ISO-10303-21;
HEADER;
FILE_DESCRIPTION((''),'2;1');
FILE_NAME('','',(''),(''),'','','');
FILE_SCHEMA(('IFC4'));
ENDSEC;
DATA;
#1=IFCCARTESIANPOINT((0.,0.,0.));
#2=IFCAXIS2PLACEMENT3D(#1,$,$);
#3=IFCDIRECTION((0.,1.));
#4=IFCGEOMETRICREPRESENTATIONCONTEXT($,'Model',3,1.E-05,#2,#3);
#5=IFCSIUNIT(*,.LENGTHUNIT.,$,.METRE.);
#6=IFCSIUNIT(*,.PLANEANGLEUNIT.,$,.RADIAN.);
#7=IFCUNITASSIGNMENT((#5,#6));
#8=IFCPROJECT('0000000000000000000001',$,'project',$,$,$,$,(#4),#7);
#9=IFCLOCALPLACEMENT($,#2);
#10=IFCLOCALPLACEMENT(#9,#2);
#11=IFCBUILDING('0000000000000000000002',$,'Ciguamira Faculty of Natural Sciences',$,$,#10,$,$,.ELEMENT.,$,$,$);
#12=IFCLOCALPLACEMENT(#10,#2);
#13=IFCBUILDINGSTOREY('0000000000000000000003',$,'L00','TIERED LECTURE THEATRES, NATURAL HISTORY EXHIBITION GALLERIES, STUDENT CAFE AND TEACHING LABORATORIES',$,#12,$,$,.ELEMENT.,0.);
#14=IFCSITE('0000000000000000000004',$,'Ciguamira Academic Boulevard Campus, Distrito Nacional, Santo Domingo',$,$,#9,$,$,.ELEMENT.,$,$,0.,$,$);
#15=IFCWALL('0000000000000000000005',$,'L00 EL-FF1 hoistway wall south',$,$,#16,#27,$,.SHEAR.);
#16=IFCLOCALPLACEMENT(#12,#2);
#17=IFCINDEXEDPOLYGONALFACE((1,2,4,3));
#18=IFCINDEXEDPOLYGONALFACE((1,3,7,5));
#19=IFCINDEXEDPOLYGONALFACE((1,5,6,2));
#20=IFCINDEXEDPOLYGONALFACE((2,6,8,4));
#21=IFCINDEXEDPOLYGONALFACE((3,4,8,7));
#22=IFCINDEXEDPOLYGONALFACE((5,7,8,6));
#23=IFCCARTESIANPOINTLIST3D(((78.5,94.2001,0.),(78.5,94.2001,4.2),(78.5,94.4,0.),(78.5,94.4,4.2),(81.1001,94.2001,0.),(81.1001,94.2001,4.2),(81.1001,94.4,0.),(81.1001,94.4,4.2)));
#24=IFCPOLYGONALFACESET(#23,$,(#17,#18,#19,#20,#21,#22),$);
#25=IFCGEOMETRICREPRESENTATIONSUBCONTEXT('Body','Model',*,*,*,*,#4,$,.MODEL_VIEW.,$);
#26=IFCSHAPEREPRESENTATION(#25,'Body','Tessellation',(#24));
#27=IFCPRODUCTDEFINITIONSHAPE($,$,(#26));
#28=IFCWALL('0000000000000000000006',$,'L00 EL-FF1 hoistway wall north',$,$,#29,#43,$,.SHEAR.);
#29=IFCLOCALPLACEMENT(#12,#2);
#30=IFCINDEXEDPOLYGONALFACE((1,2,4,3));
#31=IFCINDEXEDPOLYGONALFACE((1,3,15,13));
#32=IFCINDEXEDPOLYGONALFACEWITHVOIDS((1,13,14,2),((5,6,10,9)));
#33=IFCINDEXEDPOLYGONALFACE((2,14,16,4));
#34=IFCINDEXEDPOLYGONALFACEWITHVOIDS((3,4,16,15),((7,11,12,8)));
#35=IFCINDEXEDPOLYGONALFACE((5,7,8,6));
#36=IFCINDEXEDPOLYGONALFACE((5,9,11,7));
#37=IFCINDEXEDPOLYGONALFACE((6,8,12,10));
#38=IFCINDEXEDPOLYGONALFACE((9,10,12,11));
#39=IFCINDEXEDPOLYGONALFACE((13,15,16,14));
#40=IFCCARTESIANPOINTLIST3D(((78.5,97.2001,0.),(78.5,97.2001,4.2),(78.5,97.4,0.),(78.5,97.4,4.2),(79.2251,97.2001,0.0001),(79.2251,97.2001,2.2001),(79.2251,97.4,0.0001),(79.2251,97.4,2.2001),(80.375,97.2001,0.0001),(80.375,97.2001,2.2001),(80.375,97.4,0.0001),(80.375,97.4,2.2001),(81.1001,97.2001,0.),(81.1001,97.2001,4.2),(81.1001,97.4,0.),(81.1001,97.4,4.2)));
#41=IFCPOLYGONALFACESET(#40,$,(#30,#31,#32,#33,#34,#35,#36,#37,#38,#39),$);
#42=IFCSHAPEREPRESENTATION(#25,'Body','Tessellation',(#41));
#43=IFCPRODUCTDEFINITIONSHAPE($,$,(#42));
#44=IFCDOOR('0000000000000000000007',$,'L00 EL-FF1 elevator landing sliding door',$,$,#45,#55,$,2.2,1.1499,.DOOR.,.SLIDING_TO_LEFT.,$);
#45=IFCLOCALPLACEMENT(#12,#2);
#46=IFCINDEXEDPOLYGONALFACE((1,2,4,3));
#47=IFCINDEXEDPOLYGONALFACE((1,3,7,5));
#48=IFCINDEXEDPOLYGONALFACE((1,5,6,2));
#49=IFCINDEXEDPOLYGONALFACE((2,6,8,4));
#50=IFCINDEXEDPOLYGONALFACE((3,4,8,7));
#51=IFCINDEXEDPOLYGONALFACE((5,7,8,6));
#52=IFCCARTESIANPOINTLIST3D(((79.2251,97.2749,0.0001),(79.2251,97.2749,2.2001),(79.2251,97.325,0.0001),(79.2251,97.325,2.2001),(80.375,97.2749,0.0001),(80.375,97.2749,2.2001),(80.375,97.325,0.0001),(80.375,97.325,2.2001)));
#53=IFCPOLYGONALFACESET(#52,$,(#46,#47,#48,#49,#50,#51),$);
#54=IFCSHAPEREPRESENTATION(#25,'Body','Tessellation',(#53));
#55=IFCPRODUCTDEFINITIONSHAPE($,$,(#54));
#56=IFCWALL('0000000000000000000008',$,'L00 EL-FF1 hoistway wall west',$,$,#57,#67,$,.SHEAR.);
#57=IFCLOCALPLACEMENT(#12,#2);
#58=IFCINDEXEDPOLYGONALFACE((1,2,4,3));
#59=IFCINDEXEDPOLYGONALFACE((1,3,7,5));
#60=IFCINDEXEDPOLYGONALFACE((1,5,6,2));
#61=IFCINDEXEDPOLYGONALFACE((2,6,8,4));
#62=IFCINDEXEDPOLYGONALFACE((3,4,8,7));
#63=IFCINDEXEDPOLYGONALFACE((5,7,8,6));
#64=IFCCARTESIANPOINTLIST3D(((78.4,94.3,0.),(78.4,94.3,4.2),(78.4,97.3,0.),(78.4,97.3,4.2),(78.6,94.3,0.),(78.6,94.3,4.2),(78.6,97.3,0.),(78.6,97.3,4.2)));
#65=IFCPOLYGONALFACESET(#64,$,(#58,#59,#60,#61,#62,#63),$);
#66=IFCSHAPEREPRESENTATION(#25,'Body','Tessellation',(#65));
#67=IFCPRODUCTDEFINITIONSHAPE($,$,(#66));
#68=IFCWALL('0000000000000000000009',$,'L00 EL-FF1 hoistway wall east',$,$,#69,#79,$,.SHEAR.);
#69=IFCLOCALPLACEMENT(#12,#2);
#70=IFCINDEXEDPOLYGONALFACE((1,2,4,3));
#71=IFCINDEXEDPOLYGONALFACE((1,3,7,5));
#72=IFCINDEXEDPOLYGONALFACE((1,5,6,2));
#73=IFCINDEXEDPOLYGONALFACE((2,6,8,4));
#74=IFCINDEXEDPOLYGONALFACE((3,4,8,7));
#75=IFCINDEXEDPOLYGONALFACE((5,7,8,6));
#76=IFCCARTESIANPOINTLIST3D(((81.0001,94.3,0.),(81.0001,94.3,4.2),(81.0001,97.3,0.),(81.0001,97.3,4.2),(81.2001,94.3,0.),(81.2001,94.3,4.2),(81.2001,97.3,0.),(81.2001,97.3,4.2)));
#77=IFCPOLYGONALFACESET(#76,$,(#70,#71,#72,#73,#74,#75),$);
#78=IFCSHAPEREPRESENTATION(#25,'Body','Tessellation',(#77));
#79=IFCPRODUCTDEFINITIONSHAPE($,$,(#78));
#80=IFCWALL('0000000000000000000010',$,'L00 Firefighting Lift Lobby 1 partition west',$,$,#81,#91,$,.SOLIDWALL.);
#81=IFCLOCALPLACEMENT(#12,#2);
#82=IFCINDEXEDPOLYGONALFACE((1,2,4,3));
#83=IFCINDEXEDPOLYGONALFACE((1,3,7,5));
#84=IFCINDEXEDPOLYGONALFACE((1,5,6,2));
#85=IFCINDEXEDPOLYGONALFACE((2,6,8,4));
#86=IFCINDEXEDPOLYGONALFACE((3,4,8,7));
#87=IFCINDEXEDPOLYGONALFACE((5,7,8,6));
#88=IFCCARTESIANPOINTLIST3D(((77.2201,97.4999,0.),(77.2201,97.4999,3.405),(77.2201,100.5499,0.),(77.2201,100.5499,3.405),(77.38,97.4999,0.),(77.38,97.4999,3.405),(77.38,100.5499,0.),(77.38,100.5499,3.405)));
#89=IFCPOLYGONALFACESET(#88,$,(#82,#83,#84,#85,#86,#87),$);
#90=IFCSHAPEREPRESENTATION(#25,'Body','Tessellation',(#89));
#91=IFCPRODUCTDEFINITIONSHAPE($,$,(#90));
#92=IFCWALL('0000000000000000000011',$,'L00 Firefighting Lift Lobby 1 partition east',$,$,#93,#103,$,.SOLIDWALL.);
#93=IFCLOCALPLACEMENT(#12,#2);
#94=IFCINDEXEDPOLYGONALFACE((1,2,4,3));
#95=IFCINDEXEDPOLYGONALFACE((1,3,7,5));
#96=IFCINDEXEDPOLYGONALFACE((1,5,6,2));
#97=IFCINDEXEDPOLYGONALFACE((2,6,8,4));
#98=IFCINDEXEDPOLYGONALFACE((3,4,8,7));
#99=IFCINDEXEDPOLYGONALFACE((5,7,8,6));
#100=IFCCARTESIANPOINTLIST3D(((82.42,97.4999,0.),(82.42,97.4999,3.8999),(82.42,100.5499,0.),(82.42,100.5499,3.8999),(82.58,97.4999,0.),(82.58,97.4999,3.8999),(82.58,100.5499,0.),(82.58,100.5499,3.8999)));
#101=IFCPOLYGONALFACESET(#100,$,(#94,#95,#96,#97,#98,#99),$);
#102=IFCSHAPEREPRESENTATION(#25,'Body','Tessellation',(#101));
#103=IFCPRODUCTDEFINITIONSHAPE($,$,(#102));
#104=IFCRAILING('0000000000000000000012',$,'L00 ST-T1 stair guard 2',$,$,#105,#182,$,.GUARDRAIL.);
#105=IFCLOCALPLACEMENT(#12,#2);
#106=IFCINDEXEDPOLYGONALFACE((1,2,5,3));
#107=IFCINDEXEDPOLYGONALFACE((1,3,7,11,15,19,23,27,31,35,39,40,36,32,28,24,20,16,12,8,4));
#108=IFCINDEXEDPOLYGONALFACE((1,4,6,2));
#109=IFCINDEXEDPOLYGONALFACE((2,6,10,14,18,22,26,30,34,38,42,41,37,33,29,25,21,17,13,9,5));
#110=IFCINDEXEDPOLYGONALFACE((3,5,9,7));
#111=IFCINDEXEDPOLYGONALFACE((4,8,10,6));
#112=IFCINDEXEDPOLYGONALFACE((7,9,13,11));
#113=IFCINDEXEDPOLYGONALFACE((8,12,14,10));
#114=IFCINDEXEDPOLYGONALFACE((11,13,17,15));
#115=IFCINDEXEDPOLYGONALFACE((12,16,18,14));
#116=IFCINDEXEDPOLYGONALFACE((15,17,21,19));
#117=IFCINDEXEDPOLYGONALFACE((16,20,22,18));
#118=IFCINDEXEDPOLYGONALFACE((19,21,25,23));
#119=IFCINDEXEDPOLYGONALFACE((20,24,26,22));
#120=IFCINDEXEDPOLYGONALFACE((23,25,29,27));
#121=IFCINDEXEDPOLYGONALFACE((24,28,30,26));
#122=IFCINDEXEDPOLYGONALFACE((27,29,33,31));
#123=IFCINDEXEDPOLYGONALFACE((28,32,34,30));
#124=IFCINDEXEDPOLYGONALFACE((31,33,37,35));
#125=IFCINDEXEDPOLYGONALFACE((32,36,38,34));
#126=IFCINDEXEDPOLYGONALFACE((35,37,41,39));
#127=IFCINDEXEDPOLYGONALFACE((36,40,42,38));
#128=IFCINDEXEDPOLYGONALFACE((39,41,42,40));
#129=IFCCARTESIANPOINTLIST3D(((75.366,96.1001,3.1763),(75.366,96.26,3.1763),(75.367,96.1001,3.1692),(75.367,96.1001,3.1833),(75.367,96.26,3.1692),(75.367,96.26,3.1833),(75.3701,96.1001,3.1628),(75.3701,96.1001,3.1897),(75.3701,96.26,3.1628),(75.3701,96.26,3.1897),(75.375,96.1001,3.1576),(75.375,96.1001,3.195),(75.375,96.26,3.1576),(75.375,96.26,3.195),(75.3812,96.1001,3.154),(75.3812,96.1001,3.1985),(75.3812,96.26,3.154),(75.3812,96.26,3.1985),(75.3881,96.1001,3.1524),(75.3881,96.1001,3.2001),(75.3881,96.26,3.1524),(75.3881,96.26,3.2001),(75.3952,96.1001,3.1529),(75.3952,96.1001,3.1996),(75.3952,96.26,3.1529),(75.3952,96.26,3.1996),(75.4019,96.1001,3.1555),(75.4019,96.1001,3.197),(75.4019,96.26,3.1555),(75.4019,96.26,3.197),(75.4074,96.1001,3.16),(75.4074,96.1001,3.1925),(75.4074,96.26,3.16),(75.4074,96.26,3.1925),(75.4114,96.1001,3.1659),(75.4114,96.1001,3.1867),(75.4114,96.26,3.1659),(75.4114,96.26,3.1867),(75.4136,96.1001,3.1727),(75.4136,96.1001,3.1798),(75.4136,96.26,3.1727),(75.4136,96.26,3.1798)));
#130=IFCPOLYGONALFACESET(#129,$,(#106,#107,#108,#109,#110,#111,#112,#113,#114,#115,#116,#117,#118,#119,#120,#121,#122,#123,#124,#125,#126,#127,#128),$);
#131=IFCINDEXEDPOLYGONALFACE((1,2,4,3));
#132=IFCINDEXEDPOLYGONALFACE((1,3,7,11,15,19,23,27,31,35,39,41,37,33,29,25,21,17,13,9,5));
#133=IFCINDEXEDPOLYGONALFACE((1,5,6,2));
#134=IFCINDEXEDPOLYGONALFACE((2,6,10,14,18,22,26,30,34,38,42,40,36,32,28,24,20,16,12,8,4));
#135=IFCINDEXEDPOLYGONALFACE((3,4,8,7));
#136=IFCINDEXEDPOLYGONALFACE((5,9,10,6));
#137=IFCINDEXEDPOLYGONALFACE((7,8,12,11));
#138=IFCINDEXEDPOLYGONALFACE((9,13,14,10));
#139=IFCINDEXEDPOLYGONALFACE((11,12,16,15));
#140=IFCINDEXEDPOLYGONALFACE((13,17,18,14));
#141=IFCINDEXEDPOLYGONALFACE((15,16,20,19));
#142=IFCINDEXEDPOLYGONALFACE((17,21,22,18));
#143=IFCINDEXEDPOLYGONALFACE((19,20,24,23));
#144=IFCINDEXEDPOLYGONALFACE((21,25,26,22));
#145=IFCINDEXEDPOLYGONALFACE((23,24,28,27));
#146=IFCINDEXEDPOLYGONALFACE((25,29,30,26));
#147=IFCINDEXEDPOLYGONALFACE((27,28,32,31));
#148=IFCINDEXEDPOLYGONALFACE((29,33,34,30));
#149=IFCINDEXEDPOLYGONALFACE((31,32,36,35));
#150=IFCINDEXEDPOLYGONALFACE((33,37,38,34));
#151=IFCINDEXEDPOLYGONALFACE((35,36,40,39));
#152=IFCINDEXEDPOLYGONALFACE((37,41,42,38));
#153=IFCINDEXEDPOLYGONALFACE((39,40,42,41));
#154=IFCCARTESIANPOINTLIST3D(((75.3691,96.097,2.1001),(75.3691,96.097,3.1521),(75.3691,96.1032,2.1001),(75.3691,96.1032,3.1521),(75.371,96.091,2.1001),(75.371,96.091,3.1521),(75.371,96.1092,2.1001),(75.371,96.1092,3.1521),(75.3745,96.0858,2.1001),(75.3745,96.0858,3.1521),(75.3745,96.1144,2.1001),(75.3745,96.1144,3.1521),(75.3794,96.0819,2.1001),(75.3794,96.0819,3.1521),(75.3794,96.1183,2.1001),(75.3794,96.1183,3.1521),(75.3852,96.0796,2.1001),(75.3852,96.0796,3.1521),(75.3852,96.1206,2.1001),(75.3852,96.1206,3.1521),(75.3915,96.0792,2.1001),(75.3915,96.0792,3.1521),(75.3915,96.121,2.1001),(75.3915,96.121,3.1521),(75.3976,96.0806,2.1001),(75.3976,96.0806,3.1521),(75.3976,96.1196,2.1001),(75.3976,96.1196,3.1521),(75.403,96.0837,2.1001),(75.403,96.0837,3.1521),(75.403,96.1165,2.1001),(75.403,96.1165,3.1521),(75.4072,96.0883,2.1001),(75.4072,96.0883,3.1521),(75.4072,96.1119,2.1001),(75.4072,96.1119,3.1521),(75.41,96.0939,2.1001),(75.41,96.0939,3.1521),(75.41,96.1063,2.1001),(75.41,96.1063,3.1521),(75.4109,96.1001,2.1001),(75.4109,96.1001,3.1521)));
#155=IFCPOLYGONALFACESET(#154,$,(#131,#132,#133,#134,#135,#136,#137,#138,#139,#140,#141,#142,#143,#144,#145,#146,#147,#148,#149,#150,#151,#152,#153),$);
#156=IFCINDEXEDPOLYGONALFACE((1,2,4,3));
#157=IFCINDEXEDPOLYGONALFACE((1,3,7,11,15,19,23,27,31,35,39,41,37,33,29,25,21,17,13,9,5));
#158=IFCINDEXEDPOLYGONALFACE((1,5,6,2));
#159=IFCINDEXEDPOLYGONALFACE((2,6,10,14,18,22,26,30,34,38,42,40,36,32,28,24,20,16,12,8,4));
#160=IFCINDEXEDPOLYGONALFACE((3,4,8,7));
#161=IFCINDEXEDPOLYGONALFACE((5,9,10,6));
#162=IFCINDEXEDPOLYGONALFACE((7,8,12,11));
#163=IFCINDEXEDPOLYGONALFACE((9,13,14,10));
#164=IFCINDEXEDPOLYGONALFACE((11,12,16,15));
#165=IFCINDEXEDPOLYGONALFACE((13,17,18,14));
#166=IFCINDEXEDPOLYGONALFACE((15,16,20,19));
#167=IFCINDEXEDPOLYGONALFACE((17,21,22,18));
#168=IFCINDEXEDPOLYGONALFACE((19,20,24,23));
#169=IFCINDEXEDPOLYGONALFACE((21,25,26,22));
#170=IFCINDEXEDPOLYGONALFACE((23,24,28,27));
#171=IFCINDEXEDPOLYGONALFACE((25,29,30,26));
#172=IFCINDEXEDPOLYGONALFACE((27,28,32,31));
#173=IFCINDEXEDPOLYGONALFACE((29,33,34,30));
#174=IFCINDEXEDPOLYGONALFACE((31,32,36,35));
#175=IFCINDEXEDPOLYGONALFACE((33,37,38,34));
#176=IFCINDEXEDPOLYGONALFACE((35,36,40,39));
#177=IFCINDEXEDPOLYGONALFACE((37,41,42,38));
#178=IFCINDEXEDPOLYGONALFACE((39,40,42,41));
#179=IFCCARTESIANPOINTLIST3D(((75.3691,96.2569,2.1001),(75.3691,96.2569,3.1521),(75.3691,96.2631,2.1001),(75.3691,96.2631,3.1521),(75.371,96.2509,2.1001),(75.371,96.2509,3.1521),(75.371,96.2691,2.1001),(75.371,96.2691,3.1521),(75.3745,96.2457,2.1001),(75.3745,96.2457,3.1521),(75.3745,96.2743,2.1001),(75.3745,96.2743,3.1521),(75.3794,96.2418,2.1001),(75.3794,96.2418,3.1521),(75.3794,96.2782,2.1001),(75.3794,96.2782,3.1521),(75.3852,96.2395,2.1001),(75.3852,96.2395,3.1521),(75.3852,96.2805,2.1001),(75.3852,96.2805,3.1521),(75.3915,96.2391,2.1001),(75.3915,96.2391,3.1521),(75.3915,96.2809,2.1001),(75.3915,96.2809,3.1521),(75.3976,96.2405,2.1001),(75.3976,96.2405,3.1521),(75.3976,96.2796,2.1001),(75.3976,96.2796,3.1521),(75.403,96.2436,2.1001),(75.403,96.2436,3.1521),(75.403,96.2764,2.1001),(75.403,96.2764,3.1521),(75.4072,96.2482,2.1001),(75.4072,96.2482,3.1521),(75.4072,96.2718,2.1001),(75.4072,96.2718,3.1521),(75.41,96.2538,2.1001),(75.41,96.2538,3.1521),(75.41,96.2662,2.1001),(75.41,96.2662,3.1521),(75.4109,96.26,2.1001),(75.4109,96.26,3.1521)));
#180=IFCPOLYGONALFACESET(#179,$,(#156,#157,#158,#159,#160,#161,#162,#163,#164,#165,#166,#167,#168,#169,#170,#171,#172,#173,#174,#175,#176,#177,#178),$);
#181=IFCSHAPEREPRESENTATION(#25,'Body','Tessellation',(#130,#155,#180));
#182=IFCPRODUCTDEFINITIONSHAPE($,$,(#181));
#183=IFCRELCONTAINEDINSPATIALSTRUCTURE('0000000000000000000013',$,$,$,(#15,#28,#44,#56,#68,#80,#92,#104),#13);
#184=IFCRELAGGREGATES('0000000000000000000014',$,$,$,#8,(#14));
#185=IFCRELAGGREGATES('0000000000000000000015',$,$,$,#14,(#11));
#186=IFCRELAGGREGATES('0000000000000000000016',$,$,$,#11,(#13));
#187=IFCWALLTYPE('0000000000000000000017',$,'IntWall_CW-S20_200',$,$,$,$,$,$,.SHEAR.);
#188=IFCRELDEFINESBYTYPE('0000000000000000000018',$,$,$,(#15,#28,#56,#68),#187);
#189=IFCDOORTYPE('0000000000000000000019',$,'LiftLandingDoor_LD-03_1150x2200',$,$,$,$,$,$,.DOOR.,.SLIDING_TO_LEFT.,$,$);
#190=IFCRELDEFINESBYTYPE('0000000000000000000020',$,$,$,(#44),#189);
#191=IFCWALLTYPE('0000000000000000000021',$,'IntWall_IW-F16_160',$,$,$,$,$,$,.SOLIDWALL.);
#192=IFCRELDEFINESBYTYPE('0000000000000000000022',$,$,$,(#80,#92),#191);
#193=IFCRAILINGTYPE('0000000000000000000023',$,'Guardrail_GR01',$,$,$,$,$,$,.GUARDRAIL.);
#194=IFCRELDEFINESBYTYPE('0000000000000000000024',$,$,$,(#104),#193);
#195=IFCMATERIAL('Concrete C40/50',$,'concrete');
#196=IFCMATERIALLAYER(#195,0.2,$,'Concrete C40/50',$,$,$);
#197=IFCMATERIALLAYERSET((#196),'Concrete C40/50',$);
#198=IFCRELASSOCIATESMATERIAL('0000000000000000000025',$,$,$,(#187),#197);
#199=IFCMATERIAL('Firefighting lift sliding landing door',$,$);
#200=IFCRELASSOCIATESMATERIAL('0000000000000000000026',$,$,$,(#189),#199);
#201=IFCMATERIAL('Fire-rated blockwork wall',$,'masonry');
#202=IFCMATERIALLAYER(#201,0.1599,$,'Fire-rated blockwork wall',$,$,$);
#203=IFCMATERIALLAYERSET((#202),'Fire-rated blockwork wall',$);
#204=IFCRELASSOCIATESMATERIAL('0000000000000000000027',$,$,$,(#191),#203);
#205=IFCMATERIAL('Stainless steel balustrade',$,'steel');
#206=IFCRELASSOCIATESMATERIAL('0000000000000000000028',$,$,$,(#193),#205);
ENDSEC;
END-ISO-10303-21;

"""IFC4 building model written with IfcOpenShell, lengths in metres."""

from ifc_helpers import new_model, si_unit, direction, frame, frame_2d, origin, origin_2d, place, context, subcontext, project, spatial, rectangle, circle, extrude, material, layer, layer_set, type_object, element, fill, save


model = new_model("IFC4")

# Units and contexts
model_context = context("Model", 3, precision=1e-05, world=origin(), true_north=direction((0.0, 1.0)))
body_context = subcontext(model_context, "Body", "Model", "MODEL_VIEW")
ifc_project = project(units=[si_unit("LENGTHUNIT", "METRE"), si_unit("PLANEANGLEUNIT", "RADIAN")], contexts=[model_context])

# Site, building, storey
site_placement = place(None, origin())
site = spatial("IfcSite", under=ifc_project, at=site_placement, Name="Ciguamira Academic Boulevard Campus, Distrito Nacional, Santo Domingo", CompositionType="ELEMENT", RefElevation=0.0)
building_placement = place(site_placement, origin())
building = spatial("IfcBuilding", under=site, at=building_placement, Name="Ciguamira Faculty of Natural Sciences", CompositionType="ELEMENT")
storey_placement = place(building_placement, origin())
storey = spatial("IfcBuildingStorey", under=building, at=storey_placement, Name="L00", Description="TIERED LECTURE THEATRES, NATURAL HISTORY EXHIBITION GALLERIES, STUDENT CAFE AND TEACHING LABORATORIES", CompositionType="ELEMENT", Elevation=0.0)

# Shared definitions
ifc_material_1 = material(Name="Concrete C40/50", Category="concrete")

# Wall
ifc_layer_1 = layer(ifc_material_1, 0.2, Name="Concrete C40/50")
ifc_layer_set_1 = layer_set([ifc_layer_1], Name="Concrete C40/50")
wall_type_1 = type_object("IfcWallType", Name="IntWall_CW-S20_200", PredefinedType="SHEAR", material=ifc_layer_set_1)
wall_1_placement = place(storey_placement, frame((78.5, 94.3, 0.0), z_axis=(0.0, 0.0, 1.0), x_axis=(1.0, 0.0, 0.0)))
element("IfcWall", 1, at=wall_1_placement, inside=storey, type_object=wall_type_1, Name="L00 EL-FF1 hoistway wall south", PredefinedType="SHEAR", context=body_context, shape_type="SweptSolid", body=[
    extrude(rectangle(XDim=2.6001, YDim=0.2, at=frame_2d((1.3, 0.0))), origin(), (0.0, 0.0, 1.0), 4.2),
])

# Wall, opening, door
wall_2_placement = place(storey_placement, frame((78.5, 97.3, 0.0), z_axis=(0.0, 0.0, 1.0), x_axis=(1.0, 0.0, 0.0)))
wall_2 = element("IfcWall", 2, at=wall_2_placement, inside=storey, type_object=wall_type_1, Name="L00 EL-FF1 hoistway wall north", PredefinedType="SHEAR", context=body_context, shape_type="SweptSolid", body=[
    extrude(rectangle(XDim=2.6001, YDim=0.2, at=frame_2d((1.3, 0.0))), origin(), (0.0, 0.0, 1.0), 4.2),
])
opening_1_placement = place(wall_2_placement, frame((0.7251, 0.0, 0.0)))
opening_1 = element("IfcOpeningElement", 3, at=opening_1_placement, cuts=wall_2, PredefinedType="OPENING", context=body_context, shape_type="SweptSolid", body=[
    extrude(rectangle(XDim=1.1499, YDim=2.2, at=frame_2d((0.575, 1.1001))), frame((0.0, 0.1099, 0.0), z_axis=(0.0, -1.0, 0.0), x_axis=(1.0, 0.0, 0.0)), (0.0, 0.0, 1.0), 0.22),
])
ifc_material_2 = material(Name="Firefighting lift sliding landing door")
door_type_1 = type_object("IfcDoorType", Name="LiftLandingDoor_LD-03_1150x2200", OperationType="SLIDING_TO_LEFT", PredefinedType="DOOR", material=ifc_material_2)
door_1_placement = place(opening_1_placement, origin())
door_1 = element("IfcDoor", 4, at=door_1_placement, inside=storey, type_object=door_type_1, Name="L00 EL-FF1 elevator landing sliding door", OperationType="SLIDING_TO_LEFT", OverallHeight=2.2, OverallWidth=1.1499, PredefinedType="DOOR", context=body_context, shape_type="SweptSolid", body=[
    extrude(rectangle(XDim=1.1499, YDim=2.2, at=frame_2d((0.575, 1.1001))), frame((0.0, 0.0249, 0.0), z_axis=(0.0, -1.0, 0.0), x_axis=(1.0, 0.0, 0.0)), (0.0, 0.0, 1.0), 0.05),
])
fill(opening_1, door_1)

# Walls
for number, where, z_axis, x_axis, name in (
    (5, (78.5, 94.3, 0.0), (0.0, 0.0, 1.0), (0.0, 1.0, 0.0), "L00 EL-FF1 hoistway wall west"),
    (6, (81.1001, 94.3, 0.0), (0.0, 0.0, 1.0), (0.0, 1.0, 0.0), "L00 EL-FF1 hoistway wall east"),
):
    element("IfcWall", number, at=place(storey_placement, frame(where, z_axis=z_axis, x_axis=x_axis)), inside=storey, type_object=wall_type_1, Name=name, PredefinedType="SHEAR", context=body_context, shape_type="SweptSolid", body=[
        extrude(rectangle(XDim=3.0, YDim=0.2, at=frame_2d((1.5, 0.0))), origin(), (0.0, 0.0, 1.0), 4.2),
    ])

# Shared definitions
ifc_material_3 = material(Name="Fire-rated blockwork wall", Category="masonry")
ifc_layer_2 = layer(ifc_material_3, 0.1599, Name="Fire-rated blockwork wall")
ifc_layer_set_2 = layer_set([ifc_layer_2], Name="Fire-rated blockwork wall")
wall_type_2 = type_object("IfcWallType", Name="IntWall_IW-F16_160", PredefinedType="SOLIDWALL", material=ifc_layer_set_2)

# Walls
wall_3_placement = place(storey_placement, frame((77.3, 97.5, 0.0), z_axis=(0.0, 0.0, 1.0), x_axis=(0.0, 1.0, 0.0)))
element("IfcWall", 7, at=wall_3_placement, inside=storey, type_object=wall_type_2, Name="L00 Firefighting Lift Lobby 1 partition west", PredefinedType="SOLIDWALL", context=body_context, shape_type="SweptSolid", body=[
    extrude(rectangle(XDim=3.05, YDim=0.1599, at=frame_2d((1.5249, 0.0))), origin(), (0.0, 0.0, 1.0), 3.405),
])
wall_4_placement = place(storey_placement, frame((82.5, 97.5, 0.0), z_axis=(0.0, 0.0, 1.0), x_axis=(0.0, 1.0, 0.0)))
element("IfcWall", 8, at=wall_4_placement, inside=storey, type_object=wall_type_2, Name="L00 Firefighting Lift Lobby 1 partition east", PredefinedType="SOLIDWALL", context=body_context, shape_type="SweptSolid", body=[
    extrude(rectangle(XDim=3.05, YDim=0.1599, at=frame_2d((1.5249, 0.0))), origin(), (0.0, 0.0, 1.0), 3.8999),
])

# Railing
ifc_material_4 = material(Name="Stainless steel balustrade", Category="steel")
railing_type = type_object("IfcRailingType", Name="Guardrail_GR01", PredefinedType="GUARDRAIL", material=ifc_material_4)
railing_placement = place(storey_placement, frame((75.3899, 96.1001, 2.1001)))
element("IfcRailing", 9, at=railing_placement, inside=storey, type_object=railing_type, Name="L00 ST-T1 stair guard 2", PredefinedType="GUARDRAIL", context=body_context, shape_type="SweptSolid", body=[
    extrude(circle(Radius=0.0239, at=origin_2d()), frame((0.0, 0.0, 1.0762), z_axis=(0.0, 1.0, 0.0), x_axis=(-1.0, 0.0, 0.0)), (0.0, 0.0, 1.0), 0.1599),
    extrude(circle(Radius=0.021, at=origin_2d()), origin(), (0.0, 0.0, 1.0), 1.052),
    extrude(circle(Radius=0.021, at=origin_2d()), frame((0.0, 0.1599, 0.0)), (0.0, 0.0, 1.0), 1.052),
])

save(model, "model.ifc")
